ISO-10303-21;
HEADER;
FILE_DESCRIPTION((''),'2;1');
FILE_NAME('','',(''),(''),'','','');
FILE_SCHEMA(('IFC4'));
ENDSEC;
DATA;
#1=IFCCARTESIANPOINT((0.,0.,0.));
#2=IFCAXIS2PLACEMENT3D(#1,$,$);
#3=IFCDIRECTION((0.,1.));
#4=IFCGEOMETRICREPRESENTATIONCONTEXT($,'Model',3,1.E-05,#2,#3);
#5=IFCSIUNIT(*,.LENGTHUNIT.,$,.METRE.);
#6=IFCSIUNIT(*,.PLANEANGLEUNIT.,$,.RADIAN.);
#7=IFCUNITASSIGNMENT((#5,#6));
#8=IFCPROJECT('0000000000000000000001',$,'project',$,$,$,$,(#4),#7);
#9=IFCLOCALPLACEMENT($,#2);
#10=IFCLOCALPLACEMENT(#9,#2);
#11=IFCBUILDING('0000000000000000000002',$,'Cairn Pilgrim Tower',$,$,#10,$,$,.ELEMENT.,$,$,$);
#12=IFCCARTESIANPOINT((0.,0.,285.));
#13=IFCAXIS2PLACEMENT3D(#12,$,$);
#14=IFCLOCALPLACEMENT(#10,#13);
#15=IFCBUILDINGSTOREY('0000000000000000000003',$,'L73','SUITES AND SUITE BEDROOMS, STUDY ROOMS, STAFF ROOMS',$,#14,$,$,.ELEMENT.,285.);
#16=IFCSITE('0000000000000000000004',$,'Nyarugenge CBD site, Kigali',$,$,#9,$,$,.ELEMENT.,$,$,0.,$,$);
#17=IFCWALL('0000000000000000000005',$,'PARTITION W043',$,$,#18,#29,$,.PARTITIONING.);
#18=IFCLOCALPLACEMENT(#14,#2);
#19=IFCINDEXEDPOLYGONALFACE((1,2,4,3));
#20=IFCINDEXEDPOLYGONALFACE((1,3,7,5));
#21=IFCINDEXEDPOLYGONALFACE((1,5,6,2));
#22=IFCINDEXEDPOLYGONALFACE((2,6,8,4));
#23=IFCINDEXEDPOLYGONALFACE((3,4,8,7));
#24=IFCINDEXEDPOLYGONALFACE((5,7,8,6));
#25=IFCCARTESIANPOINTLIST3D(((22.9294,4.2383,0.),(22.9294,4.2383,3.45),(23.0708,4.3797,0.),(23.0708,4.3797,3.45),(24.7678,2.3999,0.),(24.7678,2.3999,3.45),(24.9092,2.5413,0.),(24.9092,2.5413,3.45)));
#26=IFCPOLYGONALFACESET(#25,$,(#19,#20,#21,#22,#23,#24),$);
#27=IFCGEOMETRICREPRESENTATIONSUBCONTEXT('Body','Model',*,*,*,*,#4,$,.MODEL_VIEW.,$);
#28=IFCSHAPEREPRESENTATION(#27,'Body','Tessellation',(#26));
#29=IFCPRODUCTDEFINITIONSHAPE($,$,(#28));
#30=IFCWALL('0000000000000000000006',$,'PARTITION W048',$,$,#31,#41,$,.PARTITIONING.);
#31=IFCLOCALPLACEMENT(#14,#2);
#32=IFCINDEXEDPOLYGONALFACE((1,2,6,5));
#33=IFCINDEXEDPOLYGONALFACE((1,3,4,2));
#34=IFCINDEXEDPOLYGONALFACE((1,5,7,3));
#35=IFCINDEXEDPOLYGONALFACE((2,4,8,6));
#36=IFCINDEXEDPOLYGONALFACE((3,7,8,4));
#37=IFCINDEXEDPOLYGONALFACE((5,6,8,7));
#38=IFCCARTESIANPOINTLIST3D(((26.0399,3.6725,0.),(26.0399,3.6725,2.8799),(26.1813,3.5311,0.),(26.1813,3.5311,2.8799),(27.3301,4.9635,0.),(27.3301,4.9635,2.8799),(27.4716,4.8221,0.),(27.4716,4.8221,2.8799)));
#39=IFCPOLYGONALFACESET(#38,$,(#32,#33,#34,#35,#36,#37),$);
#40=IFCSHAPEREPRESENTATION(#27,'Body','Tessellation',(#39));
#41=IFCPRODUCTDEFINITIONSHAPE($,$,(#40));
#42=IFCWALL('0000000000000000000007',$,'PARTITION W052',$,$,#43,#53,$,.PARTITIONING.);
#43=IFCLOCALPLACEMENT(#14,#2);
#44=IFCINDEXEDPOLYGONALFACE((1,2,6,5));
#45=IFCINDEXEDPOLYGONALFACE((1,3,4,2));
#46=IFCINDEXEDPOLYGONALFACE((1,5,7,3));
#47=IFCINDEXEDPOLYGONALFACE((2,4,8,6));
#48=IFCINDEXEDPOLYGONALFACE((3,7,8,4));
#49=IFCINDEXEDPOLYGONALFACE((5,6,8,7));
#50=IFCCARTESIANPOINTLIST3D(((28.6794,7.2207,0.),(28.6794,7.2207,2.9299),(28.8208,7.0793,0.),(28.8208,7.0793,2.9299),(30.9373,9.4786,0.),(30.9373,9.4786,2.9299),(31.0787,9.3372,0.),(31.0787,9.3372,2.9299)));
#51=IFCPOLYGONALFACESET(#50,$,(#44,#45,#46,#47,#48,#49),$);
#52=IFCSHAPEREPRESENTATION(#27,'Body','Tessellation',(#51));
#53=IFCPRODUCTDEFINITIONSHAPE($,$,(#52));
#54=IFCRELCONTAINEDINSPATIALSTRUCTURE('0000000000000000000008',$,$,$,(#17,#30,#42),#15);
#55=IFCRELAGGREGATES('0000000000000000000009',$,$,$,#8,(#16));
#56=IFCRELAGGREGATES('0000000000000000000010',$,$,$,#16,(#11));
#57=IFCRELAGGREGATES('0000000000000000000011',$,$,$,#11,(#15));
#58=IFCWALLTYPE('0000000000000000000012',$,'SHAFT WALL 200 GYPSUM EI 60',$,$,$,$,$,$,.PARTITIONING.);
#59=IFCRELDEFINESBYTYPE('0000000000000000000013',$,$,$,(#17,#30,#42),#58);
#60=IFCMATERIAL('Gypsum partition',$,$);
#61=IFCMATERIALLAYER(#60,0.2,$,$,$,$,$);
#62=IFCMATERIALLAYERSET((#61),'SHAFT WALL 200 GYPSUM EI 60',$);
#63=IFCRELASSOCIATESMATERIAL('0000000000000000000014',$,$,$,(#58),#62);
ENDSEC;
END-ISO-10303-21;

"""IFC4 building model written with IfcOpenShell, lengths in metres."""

from ifc_helpers import new_model, si_unit, direction, frame, frame_2d, origin, place, context, subcontext, project, spatial, rectangle, extrude, material, layer, layer_set, type_object, element, save


model = new_model("IFC4")

# Units and contexts
model_context = context("Model", 3, precision=1e-05, world=origin(), true_north=direction((0.0, 1.0)))
body_context = subcontext(model_context, "Body", "Model", "MODEL_VIEW")
ifc_project = project(units=[si_unit("LENGTHUNIT", "METRE"), si_unit("PLANEANGLEUNIT", "RADIAN")], contexts=[model_context])

# Site, building, storey
site_placement = place(None, origin())
site = spatial("IfcSite", under=ifc_project, at=site_placement, Name="Nyarugenge CBD site, Kigali", CompositionType="ELEMENT", RefElevation=0.0)
building_placement = place(site_placement, origin())
building = spatial("IfcBuilding", under=site, at=building_placement, Name="Cairn Pilgrim Tower", CompositionType="ELEMENT")
storey_placement = place(building_placement, frame((0.0, 0.0, 285.0)))
storey = spatial("IfcBuildingStorey", under=building, at=storey_placement, Name="L73", Description="SUITES AND SUITE BEDROOMS, STUDY ROOMS, STAFF ROOMS", CompositionType="ELEMENT", Elevation=285.0)

# Shared definitions
ifc_material_1 = material(Name="Gypsum partition")

# Walls
ifc_layer_1 = layer(ifc_material_1, 0.2)
ifc_layer_set_1 = layer_set([ifc_layer_1], Name="SHAFT WALL 200 GYPSUM EI 60")
wall_type_1 = type_object("IfcWallType", Name="SHAFT WALL 200 GYPSUM EI 60", PredefinedType="PARTITIONING", material=ifc_layer_set_1)
wall_1_placement = place(storey_placement, frame((24.8384, 2.4707, 0.0), z_axis=(0.0, 0.0, 1.0), x_axis=(-0.707107, 0.707107, 0.0)))
element("IfcWall", 1, at=wall_1_placement, inside=storey, type_object=wall_type_1, Name="PARTITION W043", PredefinedType="PARTITIONING", context=body_context, shape_type="SweptSolid", body=[
    extrude(rectangle(XDim=2.5999, YDim=0.2, at=frame_2d((1.2998, 0.0))), origin(), (0.0, 0.0, 1.0), 3.45),
])
wall_2_placement = place(storey_placement, frame((26.1106, 3.6018, 0.0), z_axis=(0.0, 0.0, 1.0), x_axis=(0.706906, 0.707307, 0.0)))
element("IfcWall", 2, at=wall_2_placement, inside=storey, type_object=wall_type_1, Name="PARTITION W048", PredefinedType="PARTITIONING", context=body_context, shape_type="SweptSolid", body=[
    extrude(rectangle(XDim=1.8252, YDim=0.2, at=frame_2d((0.9126, 0.0))), origin(), (0.0, 0.0, 1.0), 2.8799),
])
wall_3_placement = place(storey_placement, frame((28.75, 7.1499, 0.0), z_axis=(0.0, 0.0, 1.0), x_axis=(0.707107, 0.707107, 0.0)))
element("IfcWall", 3, at=wall_3_placement, inside=storey, type_object=wall_type_1, Name="PARTITION W052", PredefinedType="PARTITIONING", context=body_context, shape_type="SweptSolid", body=[
    extrude(rectangle(XDim=3.1931, YDim=0.2, at=frame_2d((1.5967, 0.0))), origin(), (0.0, 0.0, 1.0), 2.9299),
])

save(model, "model.ifc")
